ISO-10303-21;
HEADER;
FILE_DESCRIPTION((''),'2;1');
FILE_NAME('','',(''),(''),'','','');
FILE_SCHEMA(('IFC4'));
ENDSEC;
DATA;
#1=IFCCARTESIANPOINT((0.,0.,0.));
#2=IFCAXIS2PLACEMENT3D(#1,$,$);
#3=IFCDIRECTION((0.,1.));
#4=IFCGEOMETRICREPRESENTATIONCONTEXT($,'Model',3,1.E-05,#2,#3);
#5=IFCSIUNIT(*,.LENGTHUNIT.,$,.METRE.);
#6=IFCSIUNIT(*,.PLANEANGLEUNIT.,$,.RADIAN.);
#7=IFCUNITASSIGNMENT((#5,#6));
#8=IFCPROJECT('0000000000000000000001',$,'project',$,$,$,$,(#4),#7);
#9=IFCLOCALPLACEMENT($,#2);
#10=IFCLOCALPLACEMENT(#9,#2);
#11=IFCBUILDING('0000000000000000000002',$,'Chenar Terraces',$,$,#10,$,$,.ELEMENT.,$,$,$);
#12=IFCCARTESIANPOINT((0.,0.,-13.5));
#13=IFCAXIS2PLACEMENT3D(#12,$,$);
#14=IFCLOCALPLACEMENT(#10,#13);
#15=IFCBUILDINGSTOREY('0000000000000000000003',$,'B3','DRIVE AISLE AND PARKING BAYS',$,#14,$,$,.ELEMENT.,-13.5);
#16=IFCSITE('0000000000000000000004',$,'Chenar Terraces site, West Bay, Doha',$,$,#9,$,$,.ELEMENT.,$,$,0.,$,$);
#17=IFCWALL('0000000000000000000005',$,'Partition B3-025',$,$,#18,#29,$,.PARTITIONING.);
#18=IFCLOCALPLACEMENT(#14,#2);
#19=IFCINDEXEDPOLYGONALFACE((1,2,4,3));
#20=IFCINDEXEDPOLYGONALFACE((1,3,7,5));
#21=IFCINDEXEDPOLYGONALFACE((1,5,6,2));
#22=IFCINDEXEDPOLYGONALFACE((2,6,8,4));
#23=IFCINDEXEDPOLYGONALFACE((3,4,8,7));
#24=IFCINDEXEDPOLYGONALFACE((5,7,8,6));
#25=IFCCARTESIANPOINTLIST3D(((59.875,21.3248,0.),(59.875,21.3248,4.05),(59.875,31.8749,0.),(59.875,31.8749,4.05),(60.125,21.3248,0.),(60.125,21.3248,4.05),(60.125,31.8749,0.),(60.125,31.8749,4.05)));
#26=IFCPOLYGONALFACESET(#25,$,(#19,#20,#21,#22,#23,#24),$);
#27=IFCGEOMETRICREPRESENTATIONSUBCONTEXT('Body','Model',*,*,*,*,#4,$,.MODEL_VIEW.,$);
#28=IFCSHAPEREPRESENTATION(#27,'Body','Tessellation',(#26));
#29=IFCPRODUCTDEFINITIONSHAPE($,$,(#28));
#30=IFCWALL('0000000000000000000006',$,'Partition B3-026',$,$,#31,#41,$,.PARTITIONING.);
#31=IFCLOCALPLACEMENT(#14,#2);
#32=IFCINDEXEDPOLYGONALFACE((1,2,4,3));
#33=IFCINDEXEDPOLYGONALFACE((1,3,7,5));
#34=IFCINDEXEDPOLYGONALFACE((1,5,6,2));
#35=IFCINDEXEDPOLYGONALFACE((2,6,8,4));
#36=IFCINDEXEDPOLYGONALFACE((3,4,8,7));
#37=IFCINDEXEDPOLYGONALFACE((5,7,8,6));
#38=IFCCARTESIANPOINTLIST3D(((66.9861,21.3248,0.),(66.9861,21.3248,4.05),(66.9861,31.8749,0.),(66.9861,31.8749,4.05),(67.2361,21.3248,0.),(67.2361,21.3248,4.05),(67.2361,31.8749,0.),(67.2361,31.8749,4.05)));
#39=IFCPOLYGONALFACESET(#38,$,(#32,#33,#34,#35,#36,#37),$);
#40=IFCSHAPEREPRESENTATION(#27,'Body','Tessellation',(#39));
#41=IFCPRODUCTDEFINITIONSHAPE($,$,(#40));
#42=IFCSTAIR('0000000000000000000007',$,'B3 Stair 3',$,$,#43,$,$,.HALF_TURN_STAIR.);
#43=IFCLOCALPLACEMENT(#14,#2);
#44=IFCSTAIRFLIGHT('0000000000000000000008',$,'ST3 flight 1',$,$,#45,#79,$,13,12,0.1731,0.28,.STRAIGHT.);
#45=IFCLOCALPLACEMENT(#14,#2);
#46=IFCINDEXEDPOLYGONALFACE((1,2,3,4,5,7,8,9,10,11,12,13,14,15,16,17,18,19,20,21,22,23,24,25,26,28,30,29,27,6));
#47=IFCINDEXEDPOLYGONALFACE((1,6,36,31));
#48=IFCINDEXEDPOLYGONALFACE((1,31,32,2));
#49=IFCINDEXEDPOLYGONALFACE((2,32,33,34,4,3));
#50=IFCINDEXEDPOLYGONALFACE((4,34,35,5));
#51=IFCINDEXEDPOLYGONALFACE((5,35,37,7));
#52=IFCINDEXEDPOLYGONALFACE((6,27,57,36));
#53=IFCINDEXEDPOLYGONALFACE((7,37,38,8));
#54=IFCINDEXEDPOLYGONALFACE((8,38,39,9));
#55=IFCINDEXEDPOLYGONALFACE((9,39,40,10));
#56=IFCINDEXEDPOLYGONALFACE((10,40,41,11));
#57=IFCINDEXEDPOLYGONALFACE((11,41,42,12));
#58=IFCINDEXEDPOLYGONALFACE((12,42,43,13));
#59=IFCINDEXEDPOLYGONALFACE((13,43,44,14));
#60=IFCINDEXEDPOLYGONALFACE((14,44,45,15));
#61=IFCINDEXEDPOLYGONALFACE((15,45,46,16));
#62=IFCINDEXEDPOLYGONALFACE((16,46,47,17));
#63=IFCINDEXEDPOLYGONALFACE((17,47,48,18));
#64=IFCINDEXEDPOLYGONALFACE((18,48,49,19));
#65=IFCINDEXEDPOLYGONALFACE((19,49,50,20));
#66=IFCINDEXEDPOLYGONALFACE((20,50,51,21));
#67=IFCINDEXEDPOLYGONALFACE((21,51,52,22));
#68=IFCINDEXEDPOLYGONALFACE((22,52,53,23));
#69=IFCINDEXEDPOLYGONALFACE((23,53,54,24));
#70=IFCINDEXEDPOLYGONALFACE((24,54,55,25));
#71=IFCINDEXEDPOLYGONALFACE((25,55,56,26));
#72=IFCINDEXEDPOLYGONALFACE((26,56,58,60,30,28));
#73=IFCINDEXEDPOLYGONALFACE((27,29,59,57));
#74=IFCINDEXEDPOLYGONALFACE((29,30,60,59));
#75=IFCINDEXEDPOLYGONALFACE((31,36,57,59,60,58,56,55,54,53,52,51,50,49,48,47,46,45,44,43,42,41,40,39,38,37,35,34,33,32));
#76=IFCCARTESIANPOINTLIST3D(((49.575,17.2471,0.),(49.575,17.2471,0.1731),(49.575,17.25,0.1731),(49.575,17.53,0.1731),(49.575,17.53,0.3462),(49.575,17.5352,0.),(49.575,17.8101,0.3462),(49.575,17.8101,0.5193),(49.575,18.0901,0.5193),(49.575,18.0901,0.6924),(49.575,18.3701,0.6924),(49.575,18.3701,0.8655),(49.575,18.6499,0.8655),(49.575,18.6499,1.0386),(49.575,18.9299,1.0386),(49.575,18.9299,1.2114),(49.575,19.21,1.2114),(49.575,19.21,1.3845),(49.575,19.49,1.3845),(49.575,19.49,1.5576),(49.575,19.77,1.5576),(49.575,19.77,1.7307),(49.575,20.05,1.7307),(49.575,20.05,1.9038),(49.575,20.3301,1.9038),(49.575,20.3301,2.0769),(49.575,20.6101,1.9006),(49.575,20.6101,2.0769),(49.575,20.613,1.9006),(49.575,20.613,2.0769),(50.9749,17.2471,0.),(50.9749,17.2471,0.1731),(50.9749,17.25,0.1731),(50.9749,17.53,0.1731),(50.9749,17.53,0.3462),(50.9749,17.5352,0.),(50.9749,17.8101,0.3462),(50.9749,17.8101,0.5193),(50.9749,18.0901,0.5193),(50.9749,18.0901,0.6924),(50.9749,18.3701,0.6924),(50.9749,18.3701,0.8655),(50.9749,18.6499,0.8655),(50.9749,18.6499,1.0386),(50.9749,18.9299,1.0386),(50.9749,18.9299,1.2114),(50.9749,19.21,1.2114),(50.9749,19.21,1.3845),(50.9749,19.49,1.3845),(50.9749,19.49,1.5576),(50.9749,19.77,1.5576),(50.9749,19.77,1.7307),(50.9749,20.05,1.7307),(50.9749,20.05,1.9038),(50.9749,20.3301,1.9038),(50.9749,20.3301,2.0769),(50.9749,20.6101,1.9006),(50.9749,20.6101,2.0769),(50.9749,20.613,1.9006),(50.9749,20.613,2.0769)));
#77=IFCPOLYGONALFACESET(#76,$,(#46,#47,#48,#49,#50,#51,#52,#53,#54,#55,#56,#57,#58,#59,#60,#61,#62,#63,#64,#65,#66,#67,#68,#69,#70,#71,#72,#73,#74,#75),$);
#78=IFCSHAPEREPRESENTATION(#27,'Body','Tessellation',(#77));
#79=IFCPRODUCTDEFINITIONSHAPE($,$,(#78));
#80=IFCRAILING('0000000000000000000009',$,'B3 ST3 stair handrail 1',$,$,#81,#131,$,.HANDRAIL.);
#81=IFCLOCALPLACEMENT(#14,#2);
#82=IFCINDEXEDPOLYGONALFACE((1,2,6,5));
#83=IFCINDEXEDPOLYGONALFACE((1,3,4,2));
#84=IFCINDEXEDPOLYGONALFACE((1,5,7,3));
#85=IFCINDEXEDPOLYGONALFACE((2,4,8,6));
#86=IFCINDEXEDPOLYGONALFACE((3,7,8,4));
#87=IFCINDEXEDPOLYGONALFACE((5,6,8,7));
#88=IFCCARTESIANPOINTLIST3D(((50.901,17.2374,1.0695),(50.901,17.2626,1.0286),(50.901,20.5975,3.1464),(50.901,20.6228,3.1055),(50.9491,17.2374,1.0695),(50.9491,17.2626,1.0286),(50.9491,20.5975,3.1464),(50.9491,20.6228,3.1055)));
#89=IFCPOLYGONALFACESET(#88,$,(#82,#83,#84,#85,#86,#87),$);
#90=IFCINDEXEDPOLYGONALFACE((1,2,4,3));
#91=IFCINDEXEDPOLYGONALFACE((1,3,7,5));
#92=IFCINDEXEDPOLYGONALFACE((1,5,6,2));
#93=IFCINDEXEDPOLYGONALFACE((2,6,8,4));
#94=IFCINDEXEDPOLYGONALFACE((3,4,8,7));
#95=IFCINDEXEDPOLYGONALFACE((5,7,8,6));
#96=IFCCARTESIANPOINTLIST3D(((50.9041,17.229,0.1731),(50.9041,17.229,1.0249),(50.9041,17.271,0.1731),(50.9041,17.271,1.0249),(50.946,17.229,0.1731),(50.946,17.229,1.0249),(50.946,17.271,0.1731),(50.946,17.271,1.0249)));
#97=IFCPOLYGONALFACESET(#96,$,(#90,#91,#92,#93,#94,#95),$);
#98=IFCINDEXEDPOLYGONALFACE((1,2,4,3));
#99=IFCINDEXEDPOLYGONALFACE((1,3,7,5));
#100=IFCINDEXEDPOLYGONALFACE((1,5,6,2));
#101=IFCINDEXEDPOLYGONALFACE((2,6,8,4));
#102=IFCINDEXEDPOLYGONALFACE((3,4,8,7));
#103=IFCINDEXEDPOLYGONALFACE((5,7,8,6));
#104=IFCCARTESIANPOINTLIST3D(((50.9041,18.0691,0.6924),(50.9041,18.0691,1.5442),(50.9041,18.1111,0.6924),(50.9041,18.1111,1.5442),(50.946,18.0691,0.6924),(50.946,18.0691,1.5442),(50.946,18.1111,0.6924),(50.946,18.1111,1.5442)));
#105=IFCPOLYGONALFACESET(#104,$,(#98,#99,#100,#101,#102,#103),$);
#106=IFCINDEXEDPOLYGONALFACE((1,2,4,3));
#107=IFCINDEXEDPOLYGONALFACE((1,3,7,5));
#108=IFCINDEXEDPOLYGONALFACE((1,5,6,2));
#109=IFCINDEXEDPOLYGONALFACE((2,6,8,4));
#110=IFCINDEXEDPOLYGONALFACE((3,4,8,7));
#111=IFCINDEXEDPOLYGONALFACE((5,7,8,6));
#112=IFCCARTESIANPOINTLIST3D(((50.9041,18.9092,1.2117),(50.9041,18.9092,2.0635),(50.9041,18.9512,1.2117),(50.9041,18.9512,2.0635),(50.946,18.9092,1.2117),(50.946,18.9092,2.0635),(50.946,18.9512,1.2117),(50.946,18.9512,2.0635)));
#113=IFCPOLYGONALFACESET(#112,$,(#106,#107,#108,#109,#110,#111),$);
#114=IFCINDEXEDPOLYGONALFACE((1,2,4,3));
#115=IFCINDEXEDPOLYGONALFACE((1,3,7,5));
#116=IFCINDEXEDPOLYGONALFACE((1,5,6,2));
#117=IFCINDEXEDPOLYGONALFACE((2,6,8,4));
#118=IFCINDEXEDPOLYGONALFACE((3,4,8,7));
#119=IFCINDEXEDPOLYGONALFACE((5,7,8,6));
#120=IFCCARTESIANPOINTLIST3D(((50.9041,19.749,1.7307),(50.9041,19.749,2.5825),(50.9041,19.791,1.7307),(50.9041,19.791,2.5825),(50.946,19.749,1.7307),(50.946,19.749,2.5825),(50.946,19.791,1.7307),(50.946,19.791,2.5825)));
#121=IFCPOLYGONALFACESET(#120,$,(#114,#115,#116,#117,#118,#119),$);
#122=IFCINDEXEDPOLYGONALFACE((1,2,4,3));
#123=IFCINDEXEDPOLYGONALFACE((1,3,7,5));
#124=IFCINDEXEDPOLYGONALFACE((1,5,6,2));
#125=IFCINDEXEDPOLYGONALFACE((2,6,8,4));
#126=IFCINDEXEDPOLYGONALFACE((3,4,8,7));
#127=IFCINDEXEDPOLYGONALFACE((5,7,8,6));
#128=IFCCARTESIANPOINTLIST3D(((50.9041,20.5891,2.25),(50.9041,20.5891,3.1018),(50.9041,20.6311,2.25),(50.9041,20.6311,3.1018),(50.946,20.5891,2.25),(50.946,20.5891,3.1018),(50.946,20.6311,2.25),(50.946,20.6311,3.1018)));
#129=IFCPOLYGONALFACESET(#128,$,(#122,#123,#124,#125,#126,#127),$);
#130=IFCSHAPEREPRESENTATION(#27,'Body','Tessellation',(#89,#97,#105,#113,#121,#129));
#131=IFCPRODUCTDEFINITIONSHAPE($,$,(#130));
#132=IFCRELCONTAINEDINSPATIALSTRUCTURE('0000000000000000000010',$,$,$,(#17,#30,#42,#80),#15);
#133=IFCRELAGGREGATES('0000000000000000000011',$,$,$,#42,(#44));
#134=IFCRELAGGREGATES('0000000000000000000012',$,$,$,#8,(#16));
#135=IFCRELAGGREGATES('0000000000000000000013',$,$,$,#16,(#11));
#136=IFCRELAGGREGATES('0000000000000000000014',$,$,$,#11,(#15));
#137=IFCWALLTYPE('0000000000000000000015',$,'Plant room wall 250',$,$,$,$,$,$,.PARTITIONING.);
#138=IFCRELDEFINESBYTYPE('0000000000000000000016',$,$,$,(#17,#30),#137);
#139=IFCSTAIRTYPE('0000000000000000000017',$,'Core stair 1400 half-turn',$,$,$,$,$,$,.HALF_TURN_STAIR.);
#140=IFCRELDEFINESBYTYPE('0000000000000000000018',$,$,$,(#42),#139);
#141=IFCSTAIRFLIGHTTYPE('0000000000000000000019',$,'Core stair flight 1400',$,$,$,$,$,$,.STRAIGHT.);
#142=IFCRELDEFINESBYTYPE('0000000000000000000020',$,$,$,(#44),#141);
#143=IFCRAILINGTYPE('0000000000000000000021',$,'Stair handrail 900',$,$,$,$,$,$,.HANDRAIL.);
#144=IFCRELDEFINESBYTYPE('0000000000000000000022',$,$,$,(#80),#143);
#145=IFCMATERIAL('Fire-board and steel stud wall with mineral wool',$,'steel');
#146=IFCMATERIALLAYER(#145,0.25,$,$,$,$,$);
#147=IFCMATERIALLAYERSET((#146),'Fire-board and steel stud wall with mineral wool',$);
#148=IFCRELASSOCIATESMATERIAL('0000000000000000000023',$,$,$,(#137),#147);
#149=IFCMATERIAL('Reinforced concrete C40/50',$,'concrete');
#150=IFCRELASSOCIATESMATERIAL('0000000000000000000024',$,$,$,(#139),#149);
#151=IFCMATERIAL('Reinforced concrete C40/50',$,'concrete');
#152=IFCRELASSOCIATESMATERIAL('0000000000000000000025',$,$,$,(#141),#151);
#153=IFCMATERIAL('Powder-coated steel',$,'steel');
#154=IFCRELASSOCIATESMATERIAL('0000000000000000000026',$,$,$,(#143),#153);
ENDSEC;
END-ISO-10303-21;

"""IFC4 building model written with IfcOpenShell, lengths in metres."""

from ifc_helpers import new_model, si_unit, direction, frame, frame_2d, origin, origin_2d, place, context, subcontext, project, spatial, polyline, rectangle, outline, extrude, material, layer, layer_set, type_object, element, aggregate, save


model = new_model("IFC4")

# Units and contexts
model_context = context("Model", 3, precision=1e-05, world=origin(), true_north=direction((0.0, 1.0)))
body_context = subcontext(model_context, "Body", "Model", "MODEL_VIEW")
ifc_project = project(units=[si_unit("LENGTHUNIT", "METRE"), si_unit("PLANEANGLEUNIT", "RADIAN")], contexts=[model_context])

# Site, building, storey
site_placement = place(None, origin())
site = spatial("IfcSite", under=ifc_project, at=site_placement, Name="Chenar Terraces site, West Bay, Doha", CompositionType="ELEMENT", RefElevation=0.0)
building_placement = place(site_placement, origin())
building = spatial("IfcBuilding", under=site, at=building_placement, Name="Chenar Terraces", CompositionType="ELEMENT")
storey_placement = place(building_placement, frame((0.0, 0.0, -13.5)))
storey = spatial("IfcBuildingStorey", under=building, at=storey_placement, Name="B3", Description="DRIVE AISLE AND PARKING BAYS", CompositionType="ELEMENT", Elevation=-13.5)

# Shared definitions
ifc_material_1 = material(Name="Fire-board and steel stud wall with mineral wool", Category="steel")
ifc_layer_1 = layer(ifc_material_1, 0.25)
ifc_layer_set_1 = layer_set([ifc_layer_1], Name="Fire-board and steel stud wall with mineral wool")
wall_type_1 = type_object("IfcWallType", Name="Plant room wall 250", PredefinedType="PARTITIONING", material=ifc_layer_set_1)

# Walls
for number, where, z_axis, x_axis, name in (
    (1, (60.0, 21.325, 0.0), (0.0, 0.0, 1.0), (0.0, 1.0, 0.0), "Partition B3-025"),
    (2, (67.1111, 21.325, 0.0), (0.0, 0.0, 1.0), (0.0, 1.0, 0.0), "Partition B3-026"),
):
    element("IfcWall", number, at=place(storey_placement, frame(where, z_axis=z_axis, x_axis=x_axis)), inside=storey, type_object=wall_type_1, Name=name, PredefinedType="PARTITIONING", context=body_context, shape_type="SweptSolid", body=[
        extrude(rectangle(XDim=10.55, YDim=0.25, at=frame_2d((5.2749, 0.0))), origin(), (0.0, 0.0, 1.0), 4.05),
    ])

# Stair, stair flight
ifc_material_2 = material(Name="Reinforced concrete C40/50", Category="concrete")
stair_type = type_object("IfcStairType", Name="Core stair 1400 half-turn", PredefinedType="HALF_TURN_STAIR", material=ifc_material_2)
stair_placement = place(storey_placement, origin())
stair = element("IfcStair", 3, at=stair_placement, inside=storey, type_object=stair_type, Name="B3 Stair 3", PredefinedType="HALF_TURN_STAIR")
ifc_material_3 = material(Name="Reinforced concrete C40/50", Category="concrete")
stair_flight_type = type_object("IfcStairFlightType", Name="Core stair flight 1400", PredefinedType="STRAIGHT", material=ifc_material_3)
stair_flight_placement = place(storey_placement, frame((50.2749, 17.25, 0.0), z_axis=(0.0, 0.0, 1.0), x_axis=(0.0, 1.0, 0.0)))
stair_flight = element("IfcStairFlight", 4, at=stair_flight_placement, type_object=stair_flight_type, Name="ST3 flight 1", NumberOfRisers=13, NumberOfTreads=12, PredefinedType="STRAIGHT", RiserHeight=0.1731, TreadLength=0.28, context=body_context, shape_type="SweptSolid", body=[
    extrude(outline(polyline([(-0.0029, 0.0), (-0.0029, 0.1731), (0.0, 0.1731), (0.28, 0.1731), (0.28, 0.3462), (0.5601, 0.3462), (0.5601, 0.5193), (0.8401, 0.5193), (0.8401, 0.6924), (1.1201, 0.6924), (1.1201, 0.8655), (1.3999, 0.8655), (1.3999, 1.0386), (1.6799, 1.0386), (1.6799, 1.2114), (1.96, 1.2114), (1.96, 1.3845), (2.24, 1.3845), (2.24, 1.5576), (2.52, 1.5576), (2.52, 1.7307), (2.8, 1.7307), (2.8, 1.9038), (3.0801, 1.9038), (3.0801, 2.0769), (3.3601, 2.0769), (3.363, 2.0769), (3.363, 1.9006), (3.3601, 1.9006), (0.2852, 0.0), (-0.0029, 0.0)])), frame((0.0, 0.7, 0.0), z_axis=(0.0, -1.0, 0.0), x_axis=(1.0, 0.0, 0.0)), (0.0, 0.0, 1.0), 1.3999),
])
aggregate(stair, [stair_flight])

# Railing
ifc_material_4 = material(Name="Powder-coated steel", Category="steel")
railing_type = type_object("IfcRailingType", Name="Stair handrail 900", PredefinedType="HANDRAIL", material=ifc_material_4)
railing_placement = place(storey_placement, frame((50.925, 17.25, 0.1731)))
element("IfcRailing", 5, at=railing_placement, inside=storey, type_object=railing_type, Name="B3 ST3 stair handrail 1", PredefinedType="HANDRAIL", context=body_context, shape_type="SweptSolid", body=[
    extrude(rectangle(XDim=0.0481, YDim=0.0481, at=origin_2d()), frame((0.0, 0.0, 0.876), z_axis=(0.0, 0.850623, 0.525776), x_axis=(-1.0, 0.0, 0.0)), (0.0, 0.0, 1.0), 3.9502),
    extrude(rectangle(XDim=0.042, YDim=0.042, at=origin_2d()), origin(), (0.0, 0.0, 1.0), 0.8518),
    extrude(rectangle(XDim=0.042, YDim=0.042, at=origin_2d()), frame((0.0, 0.8401, 0.5193)), (0.0, 0.0, 1.0), 0.8518),
    extrude(rectangle(XDim=0.042, YDim=0.042, at=origin_2d()), frame((0.0, 1.6802, 1.0386)), (0.0, 0.0, 1.0), 0.8518),
    extrude(rectangle(XDim=0.042, YDim=0.042, at=origin_2d()), frame((0.0, 2.52, 1.5576)), (0.0, 0.0, 1.0), 0.8518),
    extrude(rectangle(XDim=0.042, YDim=0.042, at=origin_2d()), frame((0.0, 3.3601, 2.0769)), (0.0, 0.0, 1.0), 0.8518),
])

save(model, "model.ifc")
